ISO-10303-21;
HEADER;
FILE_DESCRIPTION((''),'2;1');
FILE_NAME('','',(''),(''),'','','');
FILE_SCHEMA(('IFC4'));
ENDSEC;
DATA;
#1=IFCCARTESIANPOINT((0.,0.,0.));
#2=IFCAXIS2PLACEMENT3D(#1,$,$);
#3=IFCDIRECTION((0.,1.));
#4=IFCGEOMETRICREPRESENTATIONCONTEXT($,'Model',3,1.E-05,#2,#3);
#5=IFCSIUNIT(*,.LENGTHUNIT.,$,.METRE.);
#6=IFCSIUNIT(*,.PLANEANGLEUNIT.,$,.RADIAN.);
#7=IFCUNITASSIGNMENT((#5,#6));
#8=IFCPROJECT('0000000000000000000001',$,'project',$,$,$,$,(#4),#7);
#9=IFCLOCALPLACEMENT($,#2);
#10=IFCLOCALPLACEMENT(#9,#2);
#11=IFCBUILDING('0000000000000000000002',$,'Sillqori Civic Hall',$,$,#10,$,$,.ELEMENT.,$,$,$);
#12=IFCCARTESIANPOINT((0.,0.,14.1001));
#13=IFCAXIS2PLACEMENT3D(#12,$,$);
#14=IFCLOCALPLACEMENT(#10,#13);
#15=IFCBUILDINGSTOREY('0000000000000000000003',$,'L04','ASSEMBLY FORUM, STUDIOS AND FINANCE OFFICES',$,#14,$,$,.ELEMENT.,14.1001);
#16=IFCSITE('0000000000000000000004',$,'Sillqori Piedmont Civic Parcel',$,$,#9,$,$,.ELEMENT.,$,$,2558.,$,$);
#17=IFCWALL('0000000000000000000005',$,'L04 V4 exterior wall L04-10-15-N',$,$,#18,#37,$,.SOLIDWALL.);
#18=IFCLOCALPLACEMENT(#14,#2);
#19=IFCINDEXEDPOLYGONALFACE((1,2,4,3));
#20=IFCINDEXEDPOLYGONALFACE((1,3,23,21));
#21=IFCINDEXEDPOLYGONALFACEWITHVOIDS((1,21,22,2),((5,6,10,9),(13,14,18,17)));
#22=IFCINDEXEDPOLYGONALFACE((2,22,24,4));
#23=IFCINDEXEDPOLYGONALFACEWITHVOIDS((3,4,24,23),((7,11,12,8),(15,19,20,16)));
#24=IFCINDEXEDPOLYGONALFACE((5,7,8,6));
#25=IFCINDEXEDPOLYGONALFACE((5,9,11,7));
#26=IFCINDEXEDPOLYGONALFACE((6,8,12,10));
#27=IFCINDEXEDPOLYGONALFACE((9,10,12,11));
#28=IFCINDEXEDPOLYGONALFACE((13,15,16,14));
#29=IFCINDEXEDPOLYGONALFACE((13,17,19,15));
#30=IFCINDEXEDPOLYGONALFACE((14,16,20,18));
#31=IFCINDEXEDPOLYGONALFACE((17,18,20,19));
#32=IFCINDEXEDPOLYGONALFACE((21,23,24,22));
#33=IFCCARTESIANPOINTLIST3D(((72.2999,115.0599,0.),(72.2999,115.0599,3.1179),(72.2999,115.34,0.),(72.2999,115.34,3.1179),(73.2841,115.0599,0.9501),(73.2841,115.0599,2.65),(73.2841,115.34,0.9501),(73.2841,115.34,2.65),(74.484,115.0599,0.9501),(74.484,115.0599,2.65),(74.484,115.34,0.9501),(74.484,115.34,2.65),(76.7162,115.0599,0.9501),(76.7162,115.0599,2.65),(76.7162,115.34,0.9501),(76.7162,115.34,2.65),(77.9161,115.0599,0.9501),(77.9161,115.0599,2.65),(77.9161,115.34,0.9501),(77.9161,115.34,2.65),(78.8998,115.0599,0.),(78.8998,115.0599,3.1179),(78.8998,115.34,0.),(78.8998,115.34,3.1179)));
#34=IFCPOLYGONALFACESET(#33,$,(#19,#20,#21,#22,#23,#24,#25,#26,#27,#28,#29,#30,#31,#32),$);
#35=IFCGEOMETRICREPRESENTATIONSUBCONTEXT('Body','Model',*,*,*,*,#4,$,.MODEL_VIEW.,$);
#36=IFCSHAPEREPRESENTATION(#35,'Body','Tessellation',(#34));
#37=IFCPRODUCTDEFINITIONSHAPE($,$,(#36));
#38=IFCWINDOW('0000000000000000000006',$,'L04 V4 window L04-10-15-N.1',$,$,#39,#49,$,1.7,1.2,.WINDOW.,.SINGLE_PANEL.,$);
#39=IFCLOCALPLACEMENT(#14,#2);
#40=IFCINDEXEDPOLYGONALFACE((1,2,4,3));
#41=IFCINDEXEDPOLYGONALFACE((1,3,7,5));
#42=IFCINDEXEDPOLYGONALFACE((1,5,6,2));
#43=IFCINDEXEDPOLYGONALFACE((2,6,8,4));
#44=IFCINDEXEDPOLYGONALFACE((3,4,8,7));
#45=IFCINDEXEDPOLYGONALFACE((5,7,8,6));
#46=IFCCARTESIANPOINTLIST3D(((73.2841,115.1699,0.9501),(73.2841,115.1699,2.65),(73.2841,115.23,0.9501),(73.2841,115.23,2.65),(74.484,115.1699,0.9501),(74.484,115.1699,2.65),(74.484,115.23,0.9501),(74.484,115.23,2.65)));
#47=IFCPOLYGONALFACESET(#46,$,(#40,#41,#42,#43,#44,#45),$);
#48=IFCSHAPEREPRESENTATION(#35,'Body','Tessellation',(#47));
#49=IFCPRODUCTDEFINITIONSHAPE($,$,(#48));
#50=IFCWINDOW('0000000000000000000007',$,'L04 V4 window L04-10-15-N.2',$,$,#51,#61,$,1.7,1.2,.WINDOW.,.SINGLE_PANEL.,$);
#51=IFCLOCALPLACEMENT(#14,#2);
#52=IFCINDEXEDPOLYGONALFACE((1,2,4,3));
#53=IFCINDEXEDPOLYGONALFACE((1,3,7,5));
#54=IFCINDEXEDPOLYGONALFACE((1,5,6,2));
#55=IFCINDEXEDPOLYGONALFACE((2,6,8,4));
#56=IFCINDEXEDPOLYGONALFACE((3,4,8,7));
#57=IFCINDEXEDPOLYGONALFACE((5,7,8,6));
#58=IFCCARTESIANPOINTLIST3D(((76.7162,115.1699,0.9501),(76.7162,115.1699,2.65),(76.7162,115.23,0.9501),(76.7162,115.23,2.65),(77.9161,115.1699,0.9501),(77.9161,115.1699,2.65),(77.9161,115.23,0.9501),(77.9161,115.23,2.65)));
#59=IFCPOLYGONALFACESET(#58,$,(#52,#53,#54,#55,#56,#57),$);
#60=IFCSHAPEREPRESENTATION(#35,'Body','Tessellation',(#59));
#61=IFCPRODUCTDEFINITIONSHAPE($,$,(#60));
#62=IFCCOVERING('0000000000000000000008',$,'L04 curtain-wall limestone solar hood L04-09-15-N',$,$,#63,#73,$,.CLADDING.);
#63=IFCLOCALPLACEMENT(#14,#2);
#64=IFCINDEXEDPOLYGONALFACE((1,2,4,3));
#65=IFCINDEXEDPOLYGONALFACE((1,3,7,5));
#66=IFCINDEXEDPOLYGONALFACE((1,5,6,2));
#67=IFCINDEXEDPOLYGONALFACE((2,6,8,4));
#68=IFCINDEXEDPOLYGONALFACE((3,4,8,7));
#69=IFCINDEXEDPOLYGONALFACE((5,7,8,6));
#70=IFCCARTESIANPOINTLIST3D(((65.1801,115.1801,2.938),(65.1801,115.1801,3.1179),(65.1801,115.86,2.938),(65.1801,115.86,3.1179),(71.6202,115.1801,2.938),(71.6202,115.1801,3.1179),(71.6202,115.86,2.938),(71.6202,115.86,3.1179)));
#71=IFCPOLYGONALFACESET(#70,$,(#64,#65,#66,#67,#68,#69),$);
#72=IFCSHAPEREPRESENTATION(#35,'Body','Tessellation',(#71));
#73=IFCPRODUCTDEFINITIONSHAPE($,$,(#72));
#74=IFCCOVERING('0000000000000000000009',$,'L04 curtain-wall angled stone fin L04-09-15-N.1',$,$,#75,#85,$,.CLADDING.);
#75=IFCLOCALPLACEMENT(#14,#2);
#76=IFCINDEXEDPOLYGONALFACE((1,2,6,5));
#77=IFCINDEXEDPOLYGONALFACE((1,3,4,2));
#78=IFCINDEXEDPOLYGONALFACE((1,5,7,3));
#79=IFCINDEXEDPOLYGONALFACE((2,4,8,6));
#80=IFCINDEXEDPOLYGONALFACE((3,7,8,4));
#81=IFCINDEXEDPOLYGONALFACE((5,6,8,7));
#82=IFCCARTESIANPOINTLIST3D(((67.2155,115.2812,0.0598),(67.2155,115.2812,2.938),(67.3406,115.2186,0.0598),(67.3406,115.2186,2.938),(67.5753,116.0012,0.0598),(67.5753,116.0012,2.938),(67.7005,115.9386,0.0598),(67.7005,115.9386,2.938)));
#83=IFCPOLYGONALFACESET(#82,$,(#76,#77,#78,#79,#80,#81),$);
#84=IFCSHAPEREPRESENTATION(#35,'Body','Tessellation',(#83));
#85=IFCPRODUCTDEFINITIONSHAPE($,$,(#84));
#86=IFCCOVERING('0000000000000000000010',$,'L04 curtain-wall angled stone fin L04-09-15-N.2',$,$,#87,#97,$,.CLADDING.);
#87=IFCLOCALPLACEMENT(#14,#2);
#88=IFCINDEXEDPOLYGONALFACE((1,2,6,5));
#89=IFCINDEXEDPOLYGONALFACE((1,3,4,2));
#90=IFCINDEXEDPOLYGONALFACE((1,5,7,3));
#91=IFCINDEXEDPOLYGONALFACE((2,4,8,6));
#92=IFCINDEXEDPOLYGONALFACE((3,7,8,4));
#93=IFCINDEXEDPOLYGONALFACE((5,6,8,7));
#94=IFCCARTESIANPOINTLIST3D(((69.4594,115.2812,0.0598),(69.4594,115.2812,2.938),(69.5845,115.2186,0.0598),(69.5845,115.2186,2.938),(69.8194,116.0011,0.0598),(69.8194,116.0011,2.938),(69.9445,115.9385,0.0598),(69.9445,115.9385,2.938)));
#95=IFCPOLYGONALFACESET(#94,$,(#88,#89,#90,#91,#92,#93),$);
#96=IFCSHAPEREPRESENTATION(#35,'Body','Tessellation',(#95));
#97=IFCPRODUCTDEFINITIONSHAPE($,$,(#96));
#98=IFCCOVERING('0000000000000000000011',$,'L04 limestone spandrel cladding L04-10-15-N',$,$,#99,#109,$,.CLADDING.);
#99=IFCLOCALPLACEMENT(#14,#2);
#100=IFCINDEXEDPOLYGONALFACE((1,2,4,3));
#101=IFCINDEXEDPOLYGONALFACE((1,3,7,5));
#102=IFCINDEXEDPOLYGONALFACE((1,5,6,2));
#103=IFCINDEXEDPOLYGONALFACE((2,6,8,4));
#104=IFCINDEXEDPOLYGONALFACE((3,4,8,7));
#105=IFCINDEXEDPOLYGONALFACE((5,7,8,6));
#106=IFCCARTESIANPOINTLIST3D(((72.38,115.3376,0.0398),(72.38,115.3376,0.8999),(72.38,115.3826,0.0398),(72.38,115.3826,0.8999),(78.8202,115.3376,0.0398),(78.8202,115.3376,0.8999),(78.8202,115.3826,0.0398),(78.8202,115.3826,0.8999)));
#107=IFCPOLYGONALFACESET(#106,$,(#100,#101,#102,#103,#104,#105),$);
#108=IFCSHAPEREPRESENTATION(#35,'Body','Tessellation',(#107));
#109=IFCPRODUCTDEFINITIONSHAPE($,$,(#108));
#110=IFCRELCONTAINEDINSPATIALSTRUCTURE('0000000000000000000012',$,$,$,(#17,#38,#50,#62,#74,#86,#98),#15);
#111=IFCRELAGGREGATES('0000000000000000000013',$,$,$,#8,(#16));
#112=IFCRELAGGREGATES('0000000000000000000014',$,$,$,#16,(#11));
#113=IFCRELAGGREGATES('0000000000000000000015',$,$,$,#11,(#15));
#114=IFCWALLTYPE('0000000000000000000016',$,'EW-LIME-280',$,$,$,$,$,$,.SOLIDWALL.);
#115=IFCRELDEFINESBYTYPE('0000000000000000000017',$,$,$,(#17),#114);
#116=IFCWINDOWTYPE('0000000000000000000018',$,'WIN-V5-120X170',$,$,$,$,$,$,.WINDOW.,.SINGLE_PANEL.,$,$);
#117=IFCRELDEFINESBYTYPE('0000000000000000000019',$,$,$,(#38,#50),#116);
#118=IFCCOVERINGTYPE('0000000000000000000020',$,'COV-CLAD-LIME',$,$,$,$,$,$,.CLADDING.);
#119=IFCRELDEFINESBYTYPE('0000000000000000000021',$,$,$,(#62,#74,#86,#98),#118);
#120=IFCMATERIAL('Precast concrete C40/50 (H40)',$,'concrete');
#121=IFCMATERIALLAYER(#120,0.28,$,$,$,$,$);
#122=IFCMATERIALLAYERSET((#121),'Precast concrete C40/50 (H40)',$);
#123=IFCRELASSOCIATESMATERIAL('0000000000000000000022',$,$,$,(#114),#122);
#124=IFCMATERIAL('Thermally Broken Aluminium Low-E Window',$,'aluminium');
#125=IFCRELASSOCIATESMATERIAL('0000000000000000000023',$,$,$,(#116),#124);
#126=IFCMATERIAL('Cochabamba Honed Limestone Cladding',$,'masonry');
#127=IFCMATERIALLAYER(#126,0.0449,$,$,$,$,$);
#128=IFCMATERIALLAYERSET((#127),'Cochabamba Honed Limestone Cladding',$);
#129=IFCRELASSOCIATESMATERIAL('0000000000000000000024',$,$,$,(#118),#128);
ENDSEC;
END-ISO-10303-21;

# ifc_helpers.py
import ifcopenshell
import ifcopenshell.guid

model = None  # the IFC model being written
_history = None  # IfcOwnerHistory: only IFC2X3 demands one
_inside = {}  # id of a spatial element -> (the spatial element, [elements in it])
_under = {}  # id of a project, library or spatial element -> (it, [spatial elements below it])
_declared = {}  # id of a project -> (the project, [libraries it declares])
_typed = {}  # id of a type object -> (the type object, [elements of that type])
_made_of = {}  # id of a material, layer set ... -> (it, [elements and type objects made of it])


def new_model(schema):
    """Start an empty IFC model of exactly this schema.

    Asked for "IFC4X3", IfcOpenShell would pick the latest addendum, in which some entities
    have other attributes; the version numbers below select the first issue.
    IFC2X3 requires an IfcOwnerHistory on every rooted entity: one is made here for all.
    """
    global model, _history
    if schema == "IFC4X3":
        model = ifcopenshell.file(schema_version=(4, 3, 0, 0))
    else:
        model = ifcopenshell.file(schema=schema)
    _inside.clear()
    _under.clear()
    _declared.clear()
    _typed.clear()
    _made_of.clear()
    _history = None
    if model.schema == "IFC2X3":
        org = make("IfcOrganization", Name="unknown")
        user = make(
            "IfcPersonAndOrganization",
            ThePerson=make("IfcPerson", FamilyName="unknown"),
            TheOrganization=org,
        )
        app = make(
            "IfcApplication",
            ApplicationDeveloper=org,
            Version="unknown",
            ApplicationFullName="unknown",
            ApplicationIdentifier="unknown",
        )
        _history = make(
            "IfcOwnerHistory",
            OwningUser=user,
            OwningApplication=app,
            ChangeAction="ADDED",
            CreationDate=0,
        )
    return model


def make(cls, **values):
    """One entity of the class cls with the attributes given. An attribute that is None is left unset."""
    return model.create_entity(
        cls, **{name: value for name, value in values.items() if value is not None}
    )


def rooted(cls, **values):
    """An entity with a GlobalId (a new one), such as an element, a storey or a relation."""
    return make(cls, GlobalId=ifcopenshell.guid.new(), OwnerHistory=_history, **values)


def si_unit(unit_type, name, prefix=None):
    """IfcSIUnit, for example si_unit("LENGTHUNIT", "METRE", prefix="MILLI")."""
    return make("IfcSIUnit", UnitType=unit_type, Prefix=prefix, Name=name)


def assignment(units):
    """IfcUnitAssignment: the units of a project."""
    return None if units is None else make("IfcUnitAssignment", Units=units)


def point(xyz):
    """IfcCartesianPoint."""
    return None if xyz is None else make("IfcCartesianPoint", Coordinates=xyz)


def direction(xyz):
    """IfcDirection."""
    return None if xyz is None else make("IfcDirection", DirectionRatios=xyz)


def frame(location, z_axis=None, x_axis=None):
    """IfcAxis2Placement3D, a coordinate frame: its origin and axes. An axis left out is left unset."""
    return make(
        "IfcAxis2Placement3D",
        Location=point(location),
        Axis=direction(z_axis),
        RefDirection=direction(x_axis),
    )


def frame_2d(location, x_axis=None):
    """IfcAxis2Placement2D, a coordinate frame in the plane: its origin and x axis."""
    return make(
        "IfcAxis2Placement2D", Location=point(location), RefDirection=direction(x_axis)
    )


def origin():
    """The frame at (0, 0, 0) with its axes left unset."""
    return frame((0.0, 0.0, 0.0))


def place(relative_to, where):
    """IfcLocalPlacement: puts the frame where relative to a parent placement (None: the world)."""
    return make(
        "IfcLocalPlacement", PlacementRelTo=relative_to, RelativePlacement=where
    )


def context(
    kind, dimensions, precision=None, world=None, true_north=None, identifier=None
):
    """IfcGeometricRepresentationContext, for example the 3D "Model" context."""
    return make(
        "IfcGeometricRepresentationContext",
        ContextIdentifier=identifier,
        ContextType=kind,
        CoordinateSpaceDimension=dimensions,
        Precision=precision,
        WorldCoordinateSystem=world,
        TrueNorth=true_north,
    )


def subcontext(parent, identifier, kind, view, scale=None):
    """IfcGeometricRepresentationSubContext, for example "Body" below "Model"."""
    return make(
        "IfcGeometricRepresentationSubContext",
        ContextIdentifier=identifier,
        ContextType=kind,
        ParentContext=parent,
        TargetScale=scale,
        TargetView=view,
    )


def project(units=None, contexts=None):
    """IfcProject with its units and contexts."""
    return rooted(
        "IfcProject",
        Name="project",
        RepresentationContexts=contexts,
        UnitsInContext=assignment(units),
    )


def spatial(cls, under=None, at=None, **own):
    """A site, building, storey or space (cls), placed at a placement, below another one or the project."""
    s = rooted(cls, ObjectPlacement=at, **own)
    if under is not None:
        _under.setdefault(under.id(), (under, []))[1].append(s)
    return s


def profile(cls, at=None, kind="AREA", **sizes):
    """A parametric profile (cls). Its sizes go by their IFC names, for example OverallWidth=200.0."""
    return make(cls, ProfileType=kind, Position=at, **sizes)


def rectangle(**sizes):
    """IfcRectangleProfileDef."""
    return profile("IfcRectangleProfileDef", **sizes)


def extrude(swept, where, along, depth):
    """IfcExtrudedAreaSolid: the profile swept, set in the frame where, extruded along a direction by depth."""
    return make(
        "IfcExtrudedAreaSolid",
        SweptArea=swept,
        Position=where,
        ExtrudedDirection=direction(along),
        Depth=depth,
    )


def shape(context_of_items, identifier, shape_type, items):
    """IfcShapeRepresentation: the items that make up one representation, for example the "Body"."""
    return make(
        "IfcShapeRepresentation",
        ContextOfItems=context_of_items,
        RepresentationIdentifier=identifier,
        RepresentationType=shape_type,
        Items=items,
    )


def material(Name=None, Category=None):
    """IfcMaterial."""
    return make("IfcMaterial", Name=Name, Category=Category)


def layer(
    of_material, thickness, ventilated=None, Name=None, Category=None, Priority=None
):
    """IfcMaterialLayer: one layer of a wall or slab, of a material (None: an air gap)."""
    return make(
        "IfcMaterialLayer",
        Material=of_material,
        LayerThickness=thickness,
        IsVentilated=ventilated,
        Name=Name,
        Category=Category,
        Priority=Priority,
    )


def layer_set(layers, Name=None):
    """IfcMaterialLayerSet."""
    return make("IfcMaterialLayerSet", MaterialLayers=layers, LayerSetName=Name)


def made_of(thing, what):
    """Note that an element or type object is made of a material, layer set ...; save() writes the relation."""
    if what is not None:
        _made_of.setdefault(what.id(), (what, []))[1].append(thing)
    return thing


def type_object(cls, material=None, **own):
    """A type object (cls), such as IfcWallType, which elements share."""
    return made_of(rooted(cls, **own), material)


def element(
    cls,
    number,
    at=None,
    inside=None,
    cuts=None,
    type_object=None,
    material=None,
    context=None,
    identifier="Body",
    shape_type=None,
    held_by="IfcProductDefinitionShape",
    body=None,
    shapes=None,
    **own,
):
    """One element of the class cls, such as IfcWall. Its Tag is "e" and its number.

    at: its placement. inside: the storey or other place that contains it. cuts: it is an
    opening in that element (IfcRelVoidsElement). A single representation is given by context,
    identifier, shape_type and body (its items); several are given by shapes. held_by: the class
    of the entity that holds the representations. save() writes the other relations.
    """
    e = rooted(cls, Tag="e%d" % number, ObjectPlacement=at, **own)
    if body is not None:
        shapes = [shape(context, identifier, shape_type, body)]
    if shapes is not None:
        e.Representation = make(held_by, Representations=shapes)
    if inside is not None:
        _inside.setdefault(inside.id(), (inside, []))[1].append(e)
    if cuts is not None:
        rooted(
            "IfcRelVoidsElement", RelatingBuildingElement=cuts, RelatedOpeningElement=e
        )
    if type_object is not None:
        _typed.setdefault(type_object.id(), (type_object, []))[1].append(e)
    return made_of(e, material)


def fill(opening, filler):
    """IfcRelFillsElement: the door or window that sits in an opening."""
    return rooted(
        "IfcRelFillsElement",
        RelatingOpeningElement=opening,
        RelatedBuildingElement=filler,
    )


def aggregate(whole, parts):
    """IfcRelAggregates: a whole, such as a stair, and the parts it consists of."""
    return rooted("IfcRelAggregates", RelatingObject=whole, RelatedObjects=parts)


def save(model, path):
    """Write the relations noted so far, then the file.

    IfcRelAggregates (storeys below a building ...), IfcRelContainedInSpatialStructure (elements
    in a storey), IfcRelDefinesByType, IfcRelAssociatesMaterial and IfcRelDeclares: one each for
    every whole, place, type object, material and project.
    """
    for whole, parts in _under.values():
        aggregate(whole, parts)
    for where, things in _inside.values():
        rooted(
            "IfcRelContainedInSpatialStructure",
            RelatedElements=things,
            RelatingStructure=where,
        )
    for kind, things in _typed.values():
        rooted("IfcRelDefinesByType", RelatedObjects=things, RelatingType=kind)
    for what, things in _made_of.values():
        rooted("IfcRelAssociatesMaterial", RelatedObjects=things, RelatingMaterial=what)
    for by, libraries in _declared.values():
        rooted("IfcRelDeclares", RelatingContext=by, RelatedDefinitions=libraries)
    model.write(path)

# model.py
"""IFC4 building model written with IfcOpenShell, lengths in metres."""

from ifc_helpers import new_model, si_unit, direction, frame, frame_2d, origin, place, context, subcontext, project, spatial, rectangle, extrude, material, layer, layer_set, type_object, element, fill, save


model = new_model("IFC4")

# Units and contexts
model_context = context("Model", 3, precision=1e-05, world=origin(), true_north=direction((0.0, 1.0)))
body_context = subcontext(model_context, "Body", "Model", "MODEL_VIEW")
ifc_project = project(units=[si_unit("LENGTHUNIT", "METRE"), si_unit("PLANEANGLEUNIT", "RADIAN")], contexts=[model_context])

# Site, building, storey
site_placement = place(None, origin())
site = spatial("IfcSite", under=ifc_project, at=site_placement, Name="Sillqori Piedmont Civic Parcel", CompositionType="ELEMENT", RefElevation=2558.0)
building_placement = place(site_placement, origin())
building = spatial("IfcBuilding", under=site, at=building_placement, Name="Sillqori Civic Hall", CompositionType="ELEMENT")
storey_placement = place(building_placement, frame((0.0, 0.0, 14.1001)))
storey = spatial("IfcBuildingStorey", under=building, at=storey_placement, Name="L04", Description="ASSEMBLY FORUM, STUDIOS AND FINANCE OFFICES", CompositionType="ELEMENT", Elevation=14.1001)

# Wall, openings, windows
ifc_material_1 = material(Name="Precast concrete C40/50 (H40)", Category="concrete")
ifc_layer_1 = layer(ifc_material_1, 0.28)
ifc_layer_set_1 = layer_set([ifc_layer_1], Name="Precast concrete C40/50 (H40)")
wall_type = type_object("IfcWallType", Name="EW-LIME-280", PredefinedType="SOLIDWALL", material=ifc_layer_set_1)
wall_placement = place(storey_placement, frame((72.3, 115.2, 0.0), z_axis=(0.0, 0.0, 1.0), x_axis=(1.0, 0.0, 0.0)))
wall = element("IfcWall", 1, at=wall_placement, inside=storey, type_object=wall_type, Name="L04 V4 exterior wall L04-10-15-N", PredefinedType="SOLIDWALL", context=body_context, shape_type="SweptSolid", body=[
    extrude(rectangle(XDim=6.5999, YDim=0.28, at=frame_2d((3.2998, 0.0))), origin(), (0.0, 0.0, 1.0), 3.1179),
])
opening_1_placement = place(wall_placement, frame((0.9839, 0.0, 0.95)))
opening_1 = element("IfcOpeningElement", 2, at=opening_1_placement, cuts=wall, PredefinedType="OPENING", context=body_context, shape_type="SweptSolid", body=[
    extrude(rectangle(XDim=1.2, YDim=1.7, at=frame_2d((0.6001, 0.8501))), frame((0.0, 0.1499, 0.0), z_axis=(0.0, -1.0, 0.0), x_axis=(1.0, 0.0, 0.0)), (0.0, 0.0, 1.0), 0.3),
])
opening_2_placement = place(wall_placement, frame((4.416, 0.0, 0.95)))
opening_2 = element("IfcOpeningElement", 3, at=opening_2_placement, cuts=wall, PredefinedType="OPENING", context=body_context, shape_type="SweptSolid", body=[
    extrude(rectangle(XDim=1.2, YDim=1.7, at=frame_2d((0.6001, 0.8501))), frame((0.0, 0.1499, 0.0), z_axis=(0.0, -1.0, 0.0), x_axis=(1.0, 0.0, 0.0)), (0.0, 0.0, 1.0), 0.3),
])
ifc_material_2 = material(Name="Thermally Broken Aluminium Low-E Window", Category="aluminium")
window_type = type_object("IfcWindowType", Name="WIN-V5-120X170", PartitioningType="SINGLE_PANEL", PredefinedType="WINDOW", material=ifc_material_2)
window_1_placement = place(opening_1_placement, origin())
window_1 = element("IfcWindow", 4, at=window_1_placement, inside=storey, type_object=window_type, Name="L04 V4 window L04-10-15-N.1", OverallHeight=1.7, OverallWidth=1.2, PartitioningType="SINGLE_PANEL", PredefinedType="WINDOW", context=body_context, shape_type="SweptSolid", body=[
    extrude(rectangle(XDim=1.2, YDim=1.7, at=frame_2d((0.6001, 0.8501))), frame((0.0, 0.03, 0.0), z_axis=(0.0, -1.0, 0.0), x_axis=(1.0, 0.0, 0.0)), (0.0, 0.0, 1.0), 0.0601),
])
fill(opening_1, window_1)
window_2_placement = place(opening_2_placement, origin())
window_2 = element("IfcWindow", 5, at=window_2_placement, inside=storey, type_object=window_type, Name="L04 V4 window L04-10-15-N.2", OverallHeight=1.7, OverallWidth=1.2, PartitioningType="SINGLE_PANEL", PredefinedType="WINDOW", context=body_context, shape_type="SweptSolid", body=[
    extrude(rectangle(XDim=1.2, YDim=1.7, at=frame_2d((0.6001, 0.8501))), frame((0.0, 0.03, 0.0), z_axis=(0.0, -1.0, 0.0), x_axis=(1.0, 0.0, 0.0)), (0.0, 0.0, 1.0), 0.0601),
])
fill(opening_2, window_2)

# Coverings
ifc_material_3 = material(Name="Cochabamba Honed Limestone Cladding", Category="masonry")
ifc_layer_2 = layer(ifc_material_3, 0.0449)
ifc_layer_set_2 = layer_set([ifc_layer_2], Name="Cochabamba Honed Limestone Cladding")
covering_type = type_object("IfcCoveringType", Name="COV-CLAD-LIME", PredefinedType="CLADDING", material=ifc_layer_set_2)
covering_1_placement = place(storey_placement, frame((65.1799, 115.52, 2.938), z_axis=(0.0, 0.0, 1.0), x_axis=(1.0, 0.0, 0.0)))
element("IfcCovering", 6, at=covering_1_placement, inside=storey, type_object=covering_type, Name="L04 curtain-wall limestone solar hood L04-09-15-N", PredefinedType="CLADDING", context=body_context, shape_type="SweptSolid", body=[
    extrude(rectangle(XDim=6.4402, YDim=0.6799, at=frame_2d((3.2202, 0.0))), origin(), (0.0, 0.0, 1.0), 0.1799),
])
for number, where, z_axis, x_axis, name in (
    (7, (67.2781, 115.25, 0.0598), (0.0, 0.0, 1.0), (0.447092, 0.894488, 0.0), "L04 curtain-wall angled stone fin L04-09-15-N.1"),
    (8, (69.522, 115.25, 0.0598), (0.0, 0.0, 1.0), (0.447335, 0.894367, 0.0), "L04 curtain-wall angled stone fin L04-09-15-N.2"),
):
    element("IfcCovering", number, at=place(storey_placement, frame(where, z_axis=z_axis, x_axis=x_axis)), inside=storey, type_object=covering_type, Name=name, PredefinedType="CLADDING", context=body_context, shape_type="SweptSolid", body=[
        extrude(rectangle(XDim=0.8049, YDim=0.1399, at=frame_2d((0.4023, 0.0))), origin(), (0.0, 0.0, 1.0), 2.8782),
    ])
covering_2_placement = place(storey_placement, frame((72.3799, 115.3601, 0.0398), z_axis=(0.0, 0.0, 1.0), x_axis=(1.0, 0.0, 0.0)))
element("IfcCovering", 9, at=covering_2_placement, inside=storey, type_object=covering_type, Name="L04 limestone spandrel cladding L04-10-15-N", PredefinedType="CLADDING", context=body_context, shape_type="SweptSolid", body=[
    extrude(rectangle(XDim=6.4402, YDim=0.0449, at=frame_2d((3.2202, 0.0))), origin(), (0.0, 0.0, 1.0), 0.8601),
])

save(model, "model.ifc")
